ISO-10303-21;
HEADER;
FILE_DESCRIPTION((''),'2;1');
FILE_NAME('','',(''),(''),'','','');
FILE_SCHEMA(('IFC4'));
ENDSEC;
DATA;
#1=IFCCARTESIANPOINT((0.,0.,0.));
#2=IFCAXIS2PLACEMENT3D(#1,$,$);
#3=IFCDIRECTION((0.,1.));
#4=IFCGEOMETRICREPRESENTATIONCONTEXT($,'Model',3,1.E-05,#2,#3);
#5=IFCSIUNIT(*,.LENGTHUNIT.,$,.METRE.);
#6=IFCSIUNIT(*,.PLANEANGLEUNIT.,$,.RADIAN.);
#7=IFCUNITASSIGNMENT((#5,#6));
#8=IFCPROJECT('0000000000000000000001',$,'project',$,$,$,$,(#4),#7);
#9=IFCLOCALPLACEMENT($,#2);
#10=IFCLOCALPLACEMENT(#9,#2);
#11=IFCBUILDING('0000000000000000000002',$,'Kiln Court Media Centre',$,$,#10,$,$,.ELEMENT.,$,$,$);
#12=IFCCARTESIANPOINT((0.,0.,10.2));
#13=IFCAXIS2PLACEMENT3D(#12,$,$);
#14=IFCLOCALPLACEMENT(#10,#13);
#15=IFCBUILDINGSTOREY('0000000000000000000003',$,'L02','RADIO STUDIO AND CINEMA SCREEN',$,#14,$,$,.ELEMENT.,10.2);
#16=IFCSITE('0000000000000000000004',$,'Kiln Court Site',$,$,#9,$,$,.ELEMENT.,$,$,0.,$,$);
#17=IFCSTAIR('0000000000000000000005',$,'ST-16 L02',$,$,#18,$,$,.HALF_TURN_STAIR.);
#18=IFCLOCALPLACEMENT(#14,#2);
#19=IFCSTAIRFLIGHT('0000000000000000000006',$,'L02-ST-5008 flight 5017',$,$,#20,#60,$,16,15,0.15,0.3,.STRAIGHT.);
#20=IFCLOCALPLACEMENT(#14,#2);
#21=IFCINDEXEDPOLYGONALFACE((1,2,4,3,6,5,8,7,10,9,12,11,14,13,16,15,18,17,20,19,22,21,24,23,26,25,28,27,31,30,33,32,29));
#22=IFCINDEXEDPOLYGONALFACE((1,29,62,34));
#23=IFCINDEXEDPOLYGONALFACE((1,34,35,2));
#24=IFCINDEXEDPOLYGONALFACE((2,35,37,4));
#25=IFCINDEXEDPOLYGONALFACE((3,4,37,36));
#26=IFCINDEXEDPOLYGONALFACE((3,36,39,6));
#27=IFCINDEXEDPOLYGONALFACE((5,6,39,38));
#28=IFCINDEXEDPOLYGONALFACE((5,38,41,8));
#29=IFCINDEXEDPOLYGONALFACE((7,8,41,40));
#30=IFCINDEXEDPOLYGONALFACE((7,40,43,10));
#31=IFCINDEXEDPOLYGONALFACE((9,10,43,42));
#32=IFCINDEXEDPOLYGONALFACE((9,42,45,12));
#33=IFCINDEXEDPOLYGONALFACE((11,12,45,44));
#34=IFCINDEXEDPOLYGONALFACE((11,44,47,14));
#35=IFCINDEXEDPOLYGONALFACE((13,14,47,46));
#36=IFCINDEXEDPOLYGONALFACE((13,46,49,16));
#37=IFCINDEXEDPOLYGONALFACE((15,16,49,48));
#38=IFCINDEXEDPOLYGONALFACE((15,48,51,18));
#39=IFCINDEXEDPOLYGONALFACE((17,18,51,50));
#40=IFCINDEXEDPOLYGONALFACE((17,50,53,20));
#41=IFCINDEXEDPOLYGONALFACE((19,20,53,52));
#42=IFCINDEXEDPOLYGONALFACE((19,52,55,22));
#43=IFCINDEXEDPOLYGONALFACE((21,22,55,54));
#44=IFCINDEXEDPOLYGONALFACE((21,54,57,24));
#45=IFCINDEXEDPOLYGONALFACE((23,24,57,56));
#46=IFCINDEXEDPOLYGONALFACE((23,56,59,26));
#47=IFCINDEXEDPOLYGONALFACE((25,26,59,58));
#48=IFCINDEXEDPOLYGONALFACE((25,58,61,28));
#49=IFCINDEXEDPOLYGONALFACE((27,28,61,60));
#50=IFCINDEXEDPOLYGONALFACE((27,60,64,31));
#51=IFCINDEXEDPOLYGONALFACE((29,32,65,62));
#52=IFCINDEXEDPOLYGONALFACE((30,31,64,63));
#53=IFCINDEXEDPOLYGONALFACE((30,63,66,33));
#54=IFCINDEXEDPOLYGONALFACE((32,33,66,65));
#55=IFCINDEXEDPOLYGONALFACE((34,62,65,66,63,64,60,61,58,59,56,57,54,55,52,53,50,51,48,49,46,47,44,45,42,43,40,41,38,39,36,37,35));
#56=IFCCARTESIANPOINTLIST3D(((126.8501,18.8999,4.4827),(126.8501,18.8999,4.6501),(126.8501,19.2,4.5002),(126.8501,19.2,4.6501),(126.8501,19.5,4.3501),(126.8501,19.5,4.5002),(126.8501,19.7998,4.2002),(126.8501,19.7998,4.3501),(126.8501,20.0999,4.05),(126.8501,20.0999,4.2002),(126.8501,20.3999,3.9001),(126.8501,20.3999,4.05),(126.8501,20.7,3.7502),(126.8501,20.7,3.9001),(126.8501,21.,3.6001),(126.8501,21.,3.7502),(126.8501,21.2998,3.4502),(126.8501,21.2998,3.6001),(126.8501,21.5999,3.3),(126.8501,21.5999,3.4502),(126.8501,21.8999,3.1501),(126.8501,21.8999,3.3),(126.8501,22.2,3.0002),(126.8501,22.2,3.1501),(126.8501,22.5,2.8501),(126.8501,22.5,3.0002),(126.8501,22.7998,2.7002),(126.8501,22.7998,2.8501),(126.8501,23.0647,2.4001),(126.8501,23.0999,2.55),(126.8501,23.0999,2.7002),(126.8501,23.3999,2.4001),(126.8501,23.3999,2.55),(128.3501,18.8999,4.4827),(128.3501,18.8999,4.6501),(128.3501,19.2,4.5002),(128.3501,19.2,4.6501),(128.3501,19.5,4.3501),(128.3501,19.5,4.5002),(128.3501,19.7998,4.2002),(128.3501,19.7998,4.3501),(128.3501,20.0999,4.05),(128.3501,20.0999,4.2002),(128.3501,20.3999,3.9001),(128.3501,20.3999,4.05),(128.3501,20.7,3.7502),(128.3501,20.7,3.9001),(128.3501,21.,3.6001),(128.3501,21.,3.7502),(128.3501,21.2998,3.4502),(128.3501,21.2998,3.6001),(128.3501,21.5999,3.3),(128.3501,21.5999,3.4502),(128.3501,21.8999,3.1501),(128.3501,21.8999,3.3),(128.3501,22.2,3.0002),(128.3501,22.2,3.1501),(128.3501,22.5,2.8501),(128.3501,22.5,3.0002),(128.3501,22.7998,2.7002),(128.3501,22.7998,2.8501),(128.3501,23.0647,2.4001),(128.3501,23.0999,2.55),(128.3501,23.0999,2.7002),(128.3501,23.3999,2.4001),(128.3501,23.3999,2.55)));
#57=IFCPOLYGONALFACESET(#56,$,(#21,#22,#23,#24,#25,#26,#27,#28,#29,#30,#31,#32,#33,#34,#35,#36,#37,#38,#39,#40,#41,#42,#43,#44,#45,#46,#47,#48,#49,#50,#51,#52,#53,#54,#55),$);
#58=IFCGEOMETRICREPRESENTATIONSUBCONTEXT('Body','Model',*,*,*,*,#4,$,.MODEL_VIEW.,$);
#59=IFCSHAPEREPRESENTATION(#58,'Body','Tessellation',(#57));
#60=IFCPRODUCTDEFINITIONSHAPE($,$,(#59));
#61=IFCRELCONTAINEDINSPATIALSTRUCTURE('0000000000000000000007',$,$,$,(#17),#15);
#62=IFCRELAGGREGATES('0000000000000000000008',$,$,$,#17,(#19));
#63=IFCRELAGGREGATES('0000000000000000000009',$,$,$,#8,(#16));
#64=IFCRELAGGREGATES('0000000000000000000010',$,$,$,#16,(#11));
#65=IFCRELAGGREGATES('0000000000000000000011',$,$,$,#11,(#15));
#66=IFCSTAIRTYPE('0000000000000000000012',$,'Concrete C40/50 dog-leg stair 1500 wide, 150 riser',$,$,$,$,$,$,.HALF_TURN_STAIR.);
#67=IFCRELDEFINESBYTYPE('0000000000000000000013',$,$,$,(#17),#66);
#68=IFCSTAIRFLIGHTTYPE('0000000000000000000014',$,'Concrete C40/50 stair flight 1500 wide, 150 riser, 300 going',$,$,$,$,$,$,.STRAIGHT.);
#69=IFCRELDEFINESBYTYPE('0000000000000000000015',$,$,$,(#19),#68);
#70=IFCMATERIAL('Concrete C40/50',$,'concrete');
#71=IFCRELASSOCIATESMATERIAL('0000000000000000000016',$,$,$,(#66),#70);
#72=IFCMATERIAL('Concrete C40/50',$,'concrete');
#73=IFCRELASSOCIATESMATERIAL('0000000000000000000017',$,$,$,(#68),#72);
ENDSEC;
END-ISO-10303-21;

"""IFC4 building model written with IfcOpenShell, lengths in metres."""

from ifc_helpers import new_model, si_unit, direction, frame, origin, place, context, subcontext, project, spatial, polyline, outline, extrude, material, type_object, element, aggregate, save


model = new_model("IFC4")

# Units and contexts
model_context = context("Model", 3, precision=1e-05, world=origin(), true_north=direction((0.0, 1.0)))
body_context = subcontext(model_context, "Body", "Model", "MODEL_VIEW")
ifc_project = project(units=[si_unit("LENGTHUNIT", "METRE"), si_unit("PLANEANGLEUNIT", "RADIAN")], contexts=[model_context])

# Site, building, storey
site_placement = place(None, origin())
site = spatial("IfcSite", under=ifc_project, at=site_placement, Name="Kiln Court Site", CompositionType="ELEMENT", RefElevation=0.0)
building_placement = place(site_placement, origin())
building = spatial("IfcBuilding", under=site, at=building_placement, Name="Kiln Court Media Centre", CompositionType="ELEMENT")
storey_placement = place(building_placement, frame((0.0, 0.0, 10.2)))
storey = spatial("IfcBuildingStorey", under=building, at=storey_placement, Name="L02", Description="RADIO STUDIO AND CINEMA SCREEN", CompositionType="ELEMENT", Elevation=10.2)

# Stair, stair flight
ifc_material_1 = material(Name="Concrete C40/50", Category="concrete")
stair_type = type_object("IfcStairType", Name="Concrete C40/50 dog-leg stair 1500 wide, 150 riser", PredefinedType="HALF_TURN_STAIR", material=ifc_material_1)
stair_placement = place(storey_placement, origin())
stair = element("IfcStair", 1, at=stair_placement, inside=storey, type_object=stair_type, Name="ST-16 L02", PredefinedType="HALF_TURN_STAIR")
ifc_material_2 = material(Name="Concrete C40/50", Category="concrete")
stair_flight_type = type_object("IfcStairFlightType", Name="Concrete C40/50 stair flight 1500 wide, 150 riser, 300 going", PredefinedType="STRAIGHT", material=ifc_material_2)
stair_flight_1_placement = place(storey_placement, frame((127.6001, 23.3999, 2.4001), z_axis=(0.0, 0.0, 1.0), x_axis=(0.0, -1.0, 0.0)))
stair_flight_1 = element("IfcStairFlight", 2, at=stair_flight_1_placement, type_object=stair_flight_type, Name="L02-ST-5008 flight 5017", NumberOfRisers=16, NumberOfTreads=15, PredefinedType="STRAIGHT", RiserHeight=0.15, TreadLength=0.3, context=body_context, shape_type="SweptSolid", body=[
    extrude(outline(polyline([(0.0, 0.0), (0.0, 0.1499), (0.3, 0.1499), (0.3, 0.3), (0.6001, 0.3), (0.6001, 0.45), (0.8999, 0.45), (0.8999, 0.6001), (1.2, 0.6001), (1.2, 0.75), (1.5, 0.75), (1.5, 0.8999), (1.8, 0.8999), (1.8, 1.05), (2.1001, 1.05), (2.1001, 1.2), (2.3999, 1.2), (2.3999, 1.3501), (2.7, 1.3501), (2.7, 1.5), (3.0, 1.5), (3.0, 1.6499), (3.3, 1.6499), (3.3, 1.8), (3.6001, 1.8), (3.6001, 1.95), (3.8999, 1.95), (3.8999, 2.1001), (4.2, 2.1001), (4.2, 2.25), (4.5, 2.25), (4.5, 2.3999), (4.5, 2.0825), (0.3352, 0.0), (0.0, 0.0)])), frame((0.0, 0.75, 0.0), z_axis=(0.0, -1.0, 0.0), x_axis=(1.0, 0.0, 0.0)), (0.0, 0.0, 1.0), 1.5),
])
aggregate(stair, [stair_flight_1])

save(model, "model.ifc")
